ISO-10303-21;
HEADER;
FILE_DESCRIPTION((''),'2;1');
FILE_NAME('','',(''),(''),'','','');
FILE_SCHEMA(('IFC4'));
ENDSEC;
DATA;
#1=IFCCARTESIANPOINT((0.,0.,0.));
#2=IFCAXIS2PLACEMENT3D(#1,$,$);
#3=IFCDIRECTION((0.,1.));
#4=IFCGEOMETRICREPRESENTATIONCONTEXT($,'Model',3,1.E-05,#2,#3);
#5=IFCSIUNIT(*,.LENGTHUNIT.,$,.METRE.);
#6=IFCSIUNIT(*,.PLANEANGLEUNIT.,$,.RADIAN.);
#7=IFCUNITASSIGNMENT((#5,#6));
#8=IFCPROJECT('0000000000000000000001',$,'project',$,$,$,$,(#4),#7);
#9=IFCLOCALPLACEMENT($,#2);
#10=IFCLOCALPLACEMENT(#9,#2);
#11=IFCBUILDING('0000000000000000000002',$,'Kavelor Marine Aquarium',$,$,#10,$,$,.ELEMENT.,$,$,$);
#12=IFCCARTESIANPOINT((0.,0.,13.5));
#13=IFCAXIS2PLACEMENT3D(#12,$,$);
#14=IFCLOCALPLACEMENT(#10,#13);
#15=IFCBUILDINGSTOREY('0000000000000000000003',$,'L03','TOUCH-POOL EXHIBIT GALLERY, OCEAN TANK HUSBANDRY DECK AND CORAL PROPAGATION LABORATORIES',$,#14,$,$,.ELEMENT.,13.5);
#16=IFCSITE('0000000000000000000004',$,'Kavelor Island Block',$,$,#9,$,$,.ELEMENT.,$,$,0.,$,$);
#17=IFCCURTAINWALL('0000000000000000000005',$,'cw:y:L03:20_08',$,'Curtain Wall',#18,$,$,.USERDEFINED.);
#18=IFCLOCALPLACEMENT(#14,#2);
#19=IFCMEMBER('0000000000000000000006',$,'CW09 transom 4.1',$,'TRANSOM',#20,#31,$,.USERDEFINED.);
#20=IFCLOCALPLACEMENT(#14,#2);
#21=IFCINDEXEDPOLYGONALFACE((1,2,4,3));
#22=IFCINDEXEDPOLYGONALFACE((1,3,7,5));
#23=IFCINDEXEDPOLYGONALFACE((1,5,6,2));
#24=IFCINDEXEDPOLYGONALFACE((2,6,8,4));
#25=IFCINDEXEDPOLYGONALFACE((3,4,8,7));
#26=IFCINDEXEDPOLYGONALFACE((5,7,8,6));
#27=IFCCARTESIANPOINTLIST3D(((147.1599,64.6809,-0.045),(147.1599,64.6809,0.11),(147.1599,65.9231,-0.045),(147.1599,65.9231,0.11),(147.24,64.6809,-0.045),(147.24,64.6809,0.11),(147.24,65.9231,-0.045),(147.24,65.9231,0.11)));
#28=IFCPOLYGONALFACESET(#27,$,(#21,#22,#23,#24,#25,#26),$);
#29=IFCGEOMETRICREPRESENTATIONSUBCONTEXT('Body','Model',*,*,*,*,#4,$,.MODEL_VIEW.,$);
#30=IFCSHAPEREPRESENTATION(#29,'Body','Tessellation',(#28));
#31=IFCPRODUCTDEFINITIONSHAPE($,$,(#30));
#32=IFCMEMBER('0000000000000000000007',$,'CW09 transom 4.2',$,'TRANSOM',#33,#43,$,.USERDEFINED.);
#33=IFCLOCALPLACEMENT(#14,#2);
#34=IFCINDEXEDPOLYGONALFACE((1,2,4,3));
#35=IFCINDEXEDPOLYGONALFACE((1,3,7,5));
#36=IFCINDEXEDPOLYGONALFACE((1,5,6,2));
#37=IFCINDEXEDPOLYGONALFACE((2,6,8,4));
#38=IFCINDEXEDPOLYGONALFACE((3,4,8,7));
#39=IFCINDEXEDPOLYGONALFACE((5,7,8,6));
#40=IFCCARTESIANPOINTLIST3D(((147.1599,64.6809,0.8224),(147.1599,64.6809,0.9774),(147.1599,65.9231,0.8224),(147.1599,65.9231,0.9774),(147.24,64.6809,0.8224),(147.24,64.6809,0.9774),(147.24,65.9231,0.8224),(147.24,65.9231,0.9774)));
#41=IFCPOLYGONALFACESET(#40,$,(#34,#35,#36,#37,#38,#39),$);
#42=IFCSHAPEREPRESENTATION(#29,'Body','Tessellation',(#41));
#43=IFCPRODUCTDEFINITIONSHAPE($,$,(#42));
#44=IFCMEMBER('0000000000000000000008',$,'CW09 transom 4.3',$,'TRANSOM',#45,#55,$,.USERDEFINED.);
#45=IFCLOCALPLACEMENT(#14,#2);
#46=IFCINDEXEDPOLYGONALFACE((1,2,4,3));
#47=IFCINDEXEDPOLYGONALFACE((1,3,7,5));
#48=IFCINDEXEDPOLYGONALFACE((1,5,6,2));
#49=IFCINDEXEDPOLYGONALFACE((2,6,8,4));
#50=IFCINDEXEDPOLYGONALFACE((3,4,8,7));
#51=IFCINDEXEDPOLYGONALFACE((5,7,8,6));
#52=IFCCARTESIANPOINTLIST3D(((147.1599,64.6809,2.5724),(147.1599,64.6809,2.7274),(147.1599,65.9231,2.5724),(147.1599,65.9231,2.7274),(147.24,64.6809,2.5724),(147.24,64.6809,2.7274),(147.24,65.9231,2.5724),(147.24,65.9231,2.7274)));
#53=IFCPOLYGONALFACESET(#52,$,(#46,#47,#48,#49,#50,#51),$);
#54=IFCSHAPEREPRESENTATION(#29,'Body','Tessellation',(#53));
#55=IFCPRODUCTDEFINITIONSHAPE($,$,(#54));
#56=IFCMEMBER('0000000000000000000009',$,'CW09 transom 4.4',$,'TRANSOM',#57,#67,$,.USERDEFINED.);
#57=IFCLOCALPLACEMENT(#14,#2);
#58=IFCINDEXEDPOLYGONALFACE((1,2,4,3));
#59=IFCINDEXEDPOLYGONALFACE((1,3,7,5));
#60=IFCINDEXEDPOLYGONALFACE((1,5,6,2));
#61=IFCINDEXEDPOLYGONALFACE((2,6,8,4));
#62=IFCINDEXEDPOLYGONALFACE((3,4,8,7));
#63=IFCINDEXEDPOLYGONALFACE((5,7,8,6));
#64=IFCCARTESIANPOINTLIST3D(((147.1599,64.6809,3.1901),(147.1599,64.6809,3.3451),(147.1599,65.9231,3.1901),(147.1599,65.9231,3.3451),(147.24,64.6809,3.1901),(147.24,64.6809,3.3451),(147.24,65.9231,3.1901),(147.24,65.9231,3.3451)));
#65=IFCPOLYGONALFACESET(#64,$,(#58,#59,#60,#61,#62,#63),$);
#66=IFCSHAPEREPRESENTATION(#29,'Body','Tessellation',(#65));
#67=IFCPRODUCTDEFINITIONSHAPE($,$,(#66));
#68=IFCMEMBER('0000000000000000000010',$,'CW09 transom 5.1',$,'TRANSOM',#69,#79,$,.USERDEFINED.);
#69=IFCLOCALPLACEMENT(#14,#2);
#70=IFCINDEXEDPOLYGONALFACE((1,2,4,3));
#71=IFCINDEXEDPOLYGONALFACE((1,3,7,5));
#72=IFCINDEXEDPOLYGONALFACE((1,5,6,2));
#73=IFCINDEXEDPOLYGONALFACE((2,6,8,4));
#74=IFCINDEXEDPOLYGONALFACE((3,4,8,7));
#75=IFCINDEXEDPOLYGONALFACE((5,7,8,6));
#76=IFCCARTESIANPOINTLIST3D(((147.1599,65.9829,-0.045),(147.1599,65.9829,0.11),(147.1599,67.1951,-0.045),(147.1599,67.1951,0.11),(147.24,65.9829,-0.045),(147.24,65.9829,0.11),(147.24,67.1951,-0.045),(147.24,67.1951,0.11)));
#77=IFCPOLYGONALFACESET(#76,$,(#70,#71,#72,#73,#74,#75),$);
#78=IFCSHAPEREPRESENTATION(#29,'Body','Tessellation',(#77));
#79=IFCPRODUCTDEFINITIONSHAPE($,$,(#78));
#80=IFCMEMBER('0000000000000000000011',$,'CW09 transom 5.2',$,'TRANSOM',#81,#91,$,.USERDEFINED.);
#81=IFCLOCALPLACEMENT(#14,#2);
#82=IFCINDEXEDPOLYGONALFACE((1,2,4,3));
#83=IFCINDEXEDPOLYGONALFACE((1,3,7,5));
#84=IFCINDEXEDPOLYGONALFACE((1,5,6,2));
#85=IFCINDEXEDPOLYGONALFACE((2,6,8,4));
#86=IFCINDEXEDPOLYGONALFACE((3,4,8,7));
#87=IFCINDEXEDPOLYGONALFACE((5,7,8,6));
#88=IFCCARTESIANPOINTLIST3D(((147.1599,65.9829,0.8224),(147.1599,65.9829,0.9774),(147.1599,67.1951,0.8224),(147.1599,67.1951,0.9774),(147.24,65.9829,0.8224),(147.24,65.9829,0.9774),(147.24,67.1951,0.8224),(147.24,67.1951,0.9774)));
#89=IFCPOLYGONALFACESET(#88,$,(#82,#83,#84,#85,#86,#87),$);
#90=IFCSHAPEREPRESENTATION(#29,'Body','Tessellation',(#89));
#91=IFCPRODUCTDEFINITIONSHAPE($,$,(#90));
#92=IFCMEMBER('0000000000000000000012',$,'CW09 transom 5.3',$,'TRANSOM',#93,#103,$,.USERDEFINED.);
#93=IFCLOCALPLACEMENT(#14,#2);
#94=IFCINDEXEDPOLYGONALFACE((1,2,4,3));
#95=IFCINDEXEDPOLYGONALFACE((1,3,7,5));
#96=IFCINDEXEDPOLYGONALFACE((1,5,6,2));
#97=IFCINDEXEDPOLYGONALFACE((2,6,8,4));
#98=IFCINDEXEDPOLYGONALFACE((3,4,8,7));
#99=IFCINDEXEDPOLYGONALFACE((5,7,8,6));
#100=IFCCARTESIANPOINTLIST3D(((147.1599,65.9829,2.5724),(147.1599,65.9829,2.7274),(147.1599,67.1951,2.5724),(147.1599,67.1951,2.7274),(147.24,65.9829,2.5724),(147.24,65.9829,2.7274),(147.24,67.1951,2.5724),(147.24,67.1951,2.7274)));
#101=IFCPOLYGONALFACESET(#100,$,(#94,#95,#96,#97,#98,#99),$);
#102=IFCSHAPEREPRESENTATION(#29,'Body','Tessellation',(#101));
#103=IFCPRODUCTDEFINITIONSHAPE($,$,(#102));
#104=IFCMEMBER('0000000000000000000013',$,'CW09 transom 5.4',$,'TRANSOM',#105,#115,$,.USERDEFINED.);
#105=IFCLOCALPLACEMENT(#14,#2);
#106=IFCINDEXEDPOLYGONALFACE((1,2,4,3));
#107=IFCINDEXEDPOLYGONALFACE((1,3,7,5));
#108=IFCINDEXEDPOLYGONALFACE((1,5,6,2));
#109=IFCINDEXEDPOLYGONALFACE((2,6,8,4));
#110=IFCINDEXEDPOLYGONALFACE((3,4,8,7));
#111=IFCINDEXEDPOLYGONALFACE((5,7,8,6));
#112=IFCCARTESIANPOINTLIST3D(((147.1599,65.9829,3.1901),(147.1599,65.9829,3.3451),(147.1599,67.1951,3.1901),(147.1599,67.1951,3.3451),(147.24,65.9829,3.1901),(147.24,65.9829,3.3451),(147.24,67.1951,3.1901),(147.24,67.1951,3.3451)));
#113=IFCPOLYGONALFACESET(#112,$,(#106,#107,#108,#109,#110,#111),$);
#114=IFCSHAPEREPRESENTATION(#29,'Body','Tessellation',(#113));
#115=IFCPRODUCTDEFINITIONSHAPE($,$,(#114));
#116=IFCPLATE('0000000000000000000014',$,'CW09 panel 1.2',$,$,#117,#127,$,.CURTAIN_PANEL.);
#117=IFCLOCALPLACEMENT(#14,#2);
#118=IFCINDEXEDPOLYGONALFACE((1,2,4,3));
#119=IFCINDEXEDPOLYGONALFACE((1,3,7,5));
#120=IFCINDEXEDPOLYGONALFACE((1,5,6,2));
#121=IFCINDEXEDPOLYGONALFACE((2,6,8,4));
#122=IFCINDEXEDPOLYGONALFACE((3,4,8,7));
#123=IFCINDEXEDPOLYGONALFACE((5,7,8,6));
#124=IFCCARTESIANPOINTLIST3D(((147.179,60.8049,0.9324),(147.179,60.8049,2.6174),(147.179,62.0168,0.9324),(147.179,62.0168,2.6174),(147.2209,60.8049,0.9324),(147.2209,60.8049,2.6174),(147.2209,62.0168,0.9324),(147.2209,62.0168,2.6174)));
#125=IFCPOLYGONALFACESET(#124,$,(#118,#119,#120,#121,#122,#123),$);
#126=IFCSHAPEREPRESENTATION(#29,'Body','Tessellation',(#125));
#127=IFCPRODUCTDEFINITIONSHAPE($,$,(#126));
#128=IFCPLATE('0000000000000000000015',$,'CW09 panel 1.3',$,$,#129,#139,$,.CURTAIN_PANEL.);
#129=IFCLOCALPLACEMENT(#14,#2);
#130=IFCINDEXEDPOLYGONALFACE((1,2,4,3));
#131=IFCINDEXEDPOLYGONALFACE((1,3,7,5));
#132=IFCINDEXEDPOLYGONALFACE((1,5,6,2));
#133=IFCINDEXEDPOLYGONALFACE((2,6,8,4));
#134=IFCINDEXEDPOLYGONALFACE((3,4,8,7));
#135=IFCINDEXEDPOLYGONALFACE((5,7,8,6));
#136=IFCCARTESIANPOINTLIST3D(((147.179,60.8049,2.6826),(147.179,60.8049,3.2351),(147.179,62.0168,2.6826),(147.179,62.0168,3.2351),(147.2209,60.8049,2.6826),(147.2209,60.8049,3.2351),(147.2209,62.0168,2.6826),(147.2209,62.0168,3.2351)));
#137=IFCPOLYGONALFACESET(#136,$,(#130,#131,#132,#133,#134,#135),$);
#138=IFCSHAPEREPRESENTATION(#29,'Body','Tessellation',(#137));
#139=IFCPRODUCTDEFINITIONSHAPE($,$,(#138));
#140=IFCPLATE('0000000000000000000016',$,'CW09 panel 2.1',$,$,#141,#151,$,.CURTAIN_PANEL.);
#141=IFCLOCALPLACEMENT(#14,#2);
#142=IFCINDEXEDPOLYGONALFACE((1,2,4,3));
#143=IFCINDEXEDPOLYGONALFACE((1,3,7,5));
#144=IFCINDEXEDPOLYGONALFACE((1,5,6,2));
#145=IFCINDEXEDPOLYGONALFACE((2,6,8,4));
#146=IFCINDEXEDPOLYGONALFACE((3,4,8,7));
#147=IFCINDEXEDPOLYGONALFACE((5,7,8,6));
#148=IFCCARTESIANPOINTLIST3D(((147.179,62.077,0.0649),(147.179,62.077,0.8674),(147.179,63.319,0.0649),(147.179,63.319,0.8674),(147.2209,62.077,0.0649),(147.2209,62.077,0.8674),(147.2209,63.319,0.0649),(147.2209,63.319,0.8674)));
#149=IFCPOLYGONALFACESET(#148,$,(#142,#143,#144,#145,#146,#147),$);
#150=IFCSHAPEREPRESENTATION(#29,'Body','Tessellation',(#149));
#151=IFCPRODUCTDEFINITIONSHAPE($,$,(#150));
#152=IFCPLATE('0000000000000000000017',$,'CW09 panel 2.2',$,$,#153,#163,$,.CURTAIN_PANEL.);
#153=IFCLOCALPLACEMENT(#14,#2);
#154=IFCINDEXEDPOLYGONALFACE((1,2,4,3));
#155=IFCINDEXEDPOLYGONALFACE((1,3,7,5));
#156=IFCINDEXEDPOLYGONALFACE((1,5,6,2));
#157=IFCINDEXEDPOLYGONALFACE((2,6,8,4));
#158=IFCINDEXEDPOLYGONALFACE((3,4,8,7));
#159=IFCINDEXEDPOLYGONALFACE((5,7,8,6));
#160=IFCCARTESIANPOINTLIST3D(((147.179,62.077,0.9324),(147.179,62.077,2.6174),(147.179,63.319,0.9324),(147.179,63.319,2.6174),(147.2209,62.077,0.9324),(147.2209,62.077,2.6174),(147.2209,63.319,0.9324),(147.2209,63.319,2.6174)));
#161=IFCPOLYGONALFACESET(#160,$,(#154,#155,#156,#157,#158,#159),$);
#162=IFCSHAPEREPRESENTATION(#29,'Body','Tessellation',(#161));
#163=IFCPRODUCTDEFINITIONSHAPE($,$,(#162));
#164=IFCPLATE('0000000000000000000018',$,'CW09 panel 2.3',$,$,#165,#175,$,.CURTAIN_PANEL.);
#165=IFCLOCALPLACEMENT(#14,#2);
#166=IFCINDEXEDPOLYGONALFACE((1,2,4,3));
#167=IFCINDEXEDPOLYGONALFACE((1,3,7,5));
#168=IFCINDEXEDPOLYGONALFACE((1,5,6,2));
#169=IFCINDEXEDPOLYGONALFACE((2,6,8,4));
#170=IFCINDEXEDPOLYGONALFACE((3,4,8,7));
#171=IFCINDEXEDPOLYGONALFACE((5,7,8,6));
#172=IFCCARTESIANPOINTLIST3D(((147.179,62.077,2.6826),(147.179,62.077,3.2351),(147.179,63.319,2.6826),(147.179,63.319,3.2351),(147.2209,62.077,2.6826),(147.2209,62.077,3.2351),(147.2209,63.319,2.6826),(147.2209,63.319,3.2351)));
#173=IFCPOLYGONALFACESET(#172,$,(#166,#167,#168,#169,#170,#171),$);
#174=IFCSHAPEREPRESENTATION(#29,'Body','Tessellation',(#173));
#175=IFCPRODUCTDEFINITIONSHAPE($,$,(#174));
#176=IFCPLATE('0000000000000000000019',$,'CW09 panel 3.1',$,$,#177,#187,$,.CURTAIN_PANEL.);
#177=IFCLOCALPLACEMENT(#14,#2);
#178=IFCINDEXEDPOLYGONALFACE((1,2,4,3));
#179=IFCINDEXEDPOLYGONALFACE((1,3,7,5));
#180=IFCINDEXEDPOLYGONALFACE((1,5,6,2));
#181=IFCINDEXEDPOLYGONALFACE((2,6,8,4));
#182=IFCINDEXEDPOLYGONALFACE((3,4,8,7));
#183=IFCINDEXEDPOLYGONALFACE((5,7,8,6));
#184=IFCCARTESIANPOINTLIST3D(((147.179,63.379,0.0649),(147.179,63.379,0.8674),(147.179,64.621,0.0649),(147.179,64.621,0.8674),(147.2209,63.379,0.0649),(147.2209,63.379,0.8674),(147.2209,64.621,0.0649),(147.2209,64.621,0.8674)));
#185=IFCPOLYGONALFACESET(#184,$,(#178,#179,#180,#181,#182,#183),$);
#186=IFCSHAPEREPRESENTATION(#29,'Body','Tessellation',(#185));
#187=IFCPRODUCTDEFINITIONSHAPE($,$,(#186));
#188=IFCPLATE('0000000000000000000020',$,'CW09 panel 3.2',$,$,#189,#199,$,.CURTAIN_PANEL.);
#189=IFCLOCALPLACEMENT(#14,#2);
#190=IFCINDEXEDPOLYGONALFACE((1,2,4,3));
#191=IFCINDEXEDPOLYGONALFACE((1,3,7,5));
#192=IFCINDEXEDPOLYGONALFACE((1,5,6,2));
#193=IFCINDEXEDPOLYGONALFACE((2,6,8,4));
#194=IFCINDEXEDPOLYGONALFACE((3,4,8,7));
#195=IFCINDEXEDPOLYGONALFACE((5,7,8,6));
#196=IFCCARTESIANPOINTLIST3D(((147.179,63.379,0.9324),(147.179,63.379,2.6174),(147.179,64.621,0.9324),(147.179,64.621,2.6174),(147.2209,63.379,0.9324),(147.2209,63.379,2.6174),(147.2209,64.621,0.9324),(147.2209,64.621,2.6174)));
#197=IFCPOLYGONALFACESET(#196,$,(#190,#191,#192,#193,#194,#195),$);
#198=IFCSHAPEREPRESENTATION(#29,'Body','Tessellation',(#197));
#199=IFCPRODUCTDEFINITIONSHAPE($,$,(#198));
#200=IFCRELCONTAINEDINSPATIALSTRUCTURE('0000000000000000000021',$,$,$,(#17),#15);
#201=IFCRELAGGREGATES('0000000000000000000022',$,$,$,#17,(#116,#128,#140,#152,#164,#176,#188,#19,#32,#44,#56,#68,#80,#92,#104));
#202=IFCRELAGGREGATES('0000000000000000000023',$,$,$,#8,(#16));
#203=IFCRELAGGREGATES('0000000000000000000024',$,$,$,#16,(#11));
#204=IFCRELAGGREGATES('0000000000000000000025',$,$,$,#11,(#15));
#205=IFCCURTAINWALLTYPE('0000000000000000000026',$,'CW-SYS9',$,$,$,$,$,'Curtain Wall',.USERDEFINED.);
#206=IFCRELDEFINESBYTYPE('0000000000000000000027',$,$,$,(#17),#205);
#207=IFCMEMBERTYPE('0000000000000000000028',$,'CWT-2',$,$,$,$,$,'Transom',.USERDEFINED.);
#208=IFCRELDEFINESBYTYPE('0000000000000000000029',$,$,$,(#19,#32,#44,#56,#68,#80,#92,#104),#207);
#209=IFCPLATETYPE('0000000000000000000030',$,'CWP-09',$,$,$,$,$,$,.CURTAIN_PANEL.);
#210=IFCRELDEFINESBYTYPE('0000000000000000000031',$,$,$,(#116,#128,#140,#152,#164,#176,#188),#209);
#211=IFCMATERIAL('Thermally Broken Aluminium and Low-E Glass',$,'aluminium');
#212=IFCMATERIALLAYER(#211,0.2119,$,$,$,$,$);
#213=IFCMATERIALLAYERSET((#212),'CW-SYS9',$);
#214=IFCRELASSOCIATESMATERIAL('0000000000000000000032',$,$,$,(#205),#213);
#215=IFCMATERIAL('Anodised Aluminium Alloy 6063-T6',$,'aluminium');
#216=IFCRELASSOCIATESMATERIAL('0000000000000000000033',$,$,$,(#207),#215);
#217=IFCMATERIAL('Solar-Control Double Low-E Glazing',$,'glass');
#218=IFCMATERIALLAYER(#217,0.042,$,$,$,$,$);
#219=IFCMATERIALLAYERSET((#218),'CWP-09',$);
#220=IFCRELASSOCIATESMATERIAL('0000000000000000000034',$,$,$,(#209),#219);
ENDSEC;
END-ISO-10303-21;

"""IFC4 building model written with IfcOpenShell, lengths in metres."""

from ifc_helpers import new_model, si_unit, direction, frame, origin, origin_2d, place, context, subcontext, project, spatial, rectangle, extrude, material, layer, layer_set, material_profile, profile_set, type_object, element, aggregate, save


model = new_model("IFC4")

# Units and contexts
model_context = context("Model", 3, precision=1e-05, world=origin(), true_north=direction((0.0, 1.0)))
body_context = subcontext(model_context, "Body", "Model", "MODEL_VIEW")
ifc_project = project(units=[si_unit("LENGTHUNIT", "METRE"), si_unit("PLANEANGLEUNIT", "RADIAN")], contexts=[model_context])

# Site, building, storey
site_placement = place(None, origin())
site = spatial("IfcSite", under=ifc_project, at=site_placement, Name="Kavelor Island Block", CompositionType="ELEMENT", RefElevation=0.0)
building_placement = place(site_placement, origin())
building = spatial("IfcBuilding", under=site, at=building_placement, Name="Kavelor Marine Aquarium", CompositionType="ELEMENT")
storey_placement = place(building_placement, frame((0.0, 0.0, 13.5)))
storey = spatial("IfcBuildingStorey", under=building, at=storey_placement, Name="L03", Description="TOUCH-POOL EXHIBIT GALLERY, OCEAN TANK HUSBANDRY DECK AND CORAL PROPAGATION LABORATORIES", CompositionType="ELEMENT", Elevation=13.5)

# Curtain wall, members, plates
ifc_material_1 = material(Name="Thermally Broken Aluminium and Low-E Glass", Category="aluminium")
ifc_layer_1 = layer(ifc_material_1, 0.2119)
ifc_layer_set_1 = layer_set([ifc_layer_1], Name="CW-SYS9")
curtain_wall_type = type_object("IfcCurtainWallType", Name="CW-SYS9", ElementType="Curtain Wall", PredefinedType="USERDEFINED", material=ifc_layer_set_1)
curtain_wall_placement = place(storey_placement, origin())
curtain_wall = element("IfcCurtainWall", 1, at=curtain_wall_placement, inside=storey, type_object=curtain_wall_type, Name="cw:y:L03:20_08", ObjectType="Curtain Wall", PredefinedType="USERDEFINED")
ifc_material_2 = material(Name="Anodised Aluminium Alloy 6063-T6", Category="aluminium")
ifc_material_profile_1 = material_profile(ifc_material_2, rectangle(XDim=0.0801, YDim=0.155, at=origin_2d()), Name="CW-TRN 80x155")
ifc_profile_set_1 = profile_set([ifc_material_profile_1], Name="Anodised Aluminium Alloy 6063-T6")
member_type_1 = type_object("IfcMemberType", Name="CWT-2", ElementType="Transom", PredefinedType="USERDEFINED", material=ifc_profile_set_1)
member_1_placement = place(storey_placement, frame((147.2, 64.6809, 0.0325), z_axis=(0.0, 1.0, 0.0), x_axis=(-1.0, 0.0, 0.0)))
member_1 = element("IfcMember", 2, at=member_1_placement, type_object=member_type_1, Name="CW09 transom 4.1", ObjectType="TRANSOM", PredefinedType="USERDEFINED", context=body_context, shape_type="SweptSolid", body=[
    extrude(rectangle(XDim=0.0801, YDim=0.155, at=origin_2d()), origin(), (0.0, 0.0, 1.0), 1.2422),
])
member_2_placement = place(storey_placement, frame((147.2, 64.6809, 0.8999), z_axis=(0.0, 1.0, 0.0), x_axis=(-1.0, 0.0, 0.0)))
member_2 = element("IfcMember", 3, at=member_2_placement, type_object=member_type_1, Name="CW09 transom 4.2", ObjectType="TRANSOM", PredefinedType="USERDEFINED", context=body_context, shape_type="SweptSolid", body=[
    extrude(rectangle(XDim=0.0801, YDim=0.155, at=origin_2d()), origin(), (0.0, 0.0, 1.0), 1.2422),
])
member_3_placement = place(storey_placement, frame((147.2, 64.6809, 2.6499), z_axis=(0.0, 1.0, 0.0), x_axis=(-1.0, 0.0, 0.0)))
member_3 = element("IfcMember", 4, at=member_3_placement, type_object=member_type_1, Name="CW09 transom 4.3", ObjectType="TRANSOM", PredefinedType="USERDEFINED", context=body_context, shape_type="SweptSolid", body=[
    extrude(rectangle(XDim=0.0801, YDim=0.155, at=origin_2d()), origin(), (0.0, 0.0, 1.0), 1.2422),
])
member_4_placement = place(storey_placement, frame((147.2, 64.6809, 3.2676), z_axis=(0.0, 1.0, 0.0), x_axis=(-1.0, 0.0, 0.0)))
member_4 = element("IfcMember", 5, at=member_4_placement, type_object=member_type_1, Name="CW09 transom 4.4", ObjectType="TRANSOM", PredefinedType="USERDEFINED", context=body_context, shape_type="SweptSolid", body=[
    extrude(rectangle(XDim=0.0801, YDim=0.155, at=origin_2d()), origin(), (0.0, 0.0, 1.0), 1.2422),
])
member_5_placement = place(storey_placement, frame((147.2, 65.9829, 0.0325), z_axis=(0.0, 1.0, 0.0), x_axis=(-1.0, 0.0, 0.0)))
member_5 = element("IfcMember", 6, at=member_5_placement, type_object=member_type_1, Name="CW09 transom 5.1", ObjectType="TRANSOM", PredefinedType="USERDEFINED", context=body_context, shape_type="SweptSolid", body=[
    extrude(rectangle(XDim=0.0801, YDim=0.155, at=origin_2d()), origin(), (0.0, 0.0, 1.0), 1.2122),
])
member_6_placement = place(storey_placement, frame((147.2, 65.9829, 0.8999), z_axis=(0.0, 1.0, 0.0), x_axis=(-1.0, 0.0, 0.0)))
member_6 = element("IfcMember", 7, at=member_6_placement, type_object=member_type_1, Name="CW09 transom 5.2", ObjectType="TRANSOM", PredefinedType="USERDEFINED", context=body_context, shape_type="SweptSolid", body=[
    extrude(rectangle(XDim=0.0801, YDim=0.155, at=origin_2d()), origin(), (0.0, 0.0, 1.0), 1.2122),
])
member_7_placement = place(storey_placement, frame((147.2, 65.9829, 2.6499), z_axis=(0.0, 1.0, 0.0), x_axis=(-1.0, 0.0, 0.0)))
member_7 = element("IfcMember", 8, at=member_7_placement, type_object=member_type_1, Name="CW09 transom 5.3", ObjectType="TRANSOM", PredefinedType="USERDEFINED", context=body_context, shape_type="SweptSolid", body=[
    extrude(rectangle(XDim=0.0801, YDim=0.155, at=origin_2d()), origin(), (0.0, 0.0, 1.0), 1.2122),
])
member_8_placement = place(storey_placement, frame((147.2, 65.9829, 3.2676), z_axis=(0.0, 1.0, 0.0), x_axis=(-1.0, 0.0, 0.0)))
member_8 = element("IfcMember", 9, at=member_8_placement, type_object=member_type_1, Name="CW09 transom 5.4", ObjectType="TRANSOM", PredefinedType="USERDEFINED", context=body_context, shape_type="SweptSolid", body=[
    extrude(rectangle(XDim=0.0801, YDim=0.155, at=origin_2d()), origin(), (0.0, 0.0, 1.0), 1.2122),
])
ifc_material_3 = material(Name="Solar-Control Double Low-E Glazing", Category="glass")
ifc_layer_2 = layer(ifc_material_3, 0.042)
ifc_layer_set_2 = layer_set([ifc_layer_2], Name="CWP-09")
plate_type = type_object("IfcPlateType", Name="CWP-09", PredefinedType="CURTAIN_PANEL", material=ifc_layer_set_2)
plate_1_placement = place(storey_placement, frame((147.2, 61.4109, 0.9324), z_axis=(0.0, 0.0, 1.0), x_axis=(0.0, 1.0, 0.0)))
plate_1 = element("IfcPlate", 10, at=plate_1_placement, type_object=plate_type, Name="CW09 panel 1.2", PredefinedType="CURTAIN_PANEL", context=body_context, shape_type="SweptSolid", body=[
    extrude(rectangle(XDim=1.2119, YDim=0.042, at=origin_2d()), origin(), (0.0, 0.0, 1.0), 1.6851),
])
plate_2_placement = place(storey_placement, frame((147.2, 61.4109, 2.6826), z_axis=(0.0, 0.0, 1.0), x_axis=(0.0, 1.0, 0.0)))
plate_2 = element("IfcPlate", 11, at=plate_2_placement, type_object=plate_type, Name="CW09 panel 1.3", PredefinedType="CURTAIN_PANEL", context=body_context, shape_type="SweptSolid", body=[
    extrude(rectangle(XDim=1.2119, YDim=0.042, at=origin_2d()), origin(), (0.0, 0.0, 1.0), 0.5525),
])
plate_3_placement = place(storey_placement, frame((147.2, 62.698, 0.0649), z_axis=(0.0, 0.0, 1.0), x_axis=(0.0, 1.0, 0.0)))
plate_3 = element("IfcPlate", 12, at=plate_3_placement, type_object=plate_type, Name="CW09 panel 2.1", PredefinedType="CURTAIN_PANEL", context=body_context, shape_type="SweptSolid", body=[
    extrude(rectangle(XDim=1.2419, YDim=0.042, at=origin_2d()), origin(), (0.0, 0.0, 1.0), 0.8025),
])
plate_4_placement = place(storey_placement, frame((147.2, 62.698, 0.9324), z_axis=(0.0, 0.0, 1.0), x_axis=(0.0, 1.0, 0.0)))
plate_4 = element("IfcPlate", 13, at=plate_4_placement, type_object=plate_type, Name="CW09 panel 2.2", PredefinedType="CURTAIN_PANEL", context=body_context, shape_type="SweptSolid", body=[
    extrude(rectangle(XDim=1.2419, YDim=0.042, at=origin_2d()), origin(), (0.0, 0.0, 1.0), 1.6851),
])
plate_5_placement = place(storey_placement, frame((147.2, 62.698, 2.6826), z_axis=(0.0, 0.0, 1.0), x_axis=(0.0, 1.0, 0.0)))
plate_5 = element("IfcPlate", 14, at=plate_5_placement, type_object=plate_type, Name="CW09 panel 2.3", PredefinedType="CURTAIN_PANEL", context=body_context, shape_type="SweptSolid", body=[
    extrude(rectangle(XDim=1.2419, YDim=0.042, at=origin_2d()), origin(), (0.0, 0.0, 1.0), 0.5525),
])
plate_6_placement = place(storey_placement, frame((147.2, 64.0, 0.0649), z_axis=(0.0, 0.0, 1.0), x_axis=(0.0, 1.0, 0.0)))
plate_6 = element("IfcPlate", 15, at=plate_6_placement, type_object=plate_type, Name="CW09 panel 3.1", PredefinedType="CURTAIN_PANEL", context=body_context, shape_type="SweptSolid", body=[
    extrude(rectangle(XDim=1.2419, YDim=0.042, at=origin_2d()), origin(), (0.0, 0.0, 1.0), 0.8025),
])
plate_7_placement = place(storey_placement, frame((147.2, 64.0, 0.9324), z_axis=(0.0, 0.0, 1.0), x_axis=(0.0, 1.0, 0.0)))
plate_7 = element("IfcPlate", 16, at=plate_7_placement, type_object=plate_type, Name="CW09 panel 3.2", PredefinedType="CURTAIN_PANEL", context=body_context, shape_type="SweptSolid", body=[
    extrude(rectangle(XDim=1.2419, YDim=0.042, at=origin_2d()), origin(), (0.0, 0.0, 1.0), 1.6851),
])
aggregate(curtain_wall, [plate_1, plate_2, plate_3, plate_4, plate_5, plate_6, plate_7, member_1, member_2, member_3, member_4, member_5, member_6, member_7, member_8])

save(model, "model.ifc")
